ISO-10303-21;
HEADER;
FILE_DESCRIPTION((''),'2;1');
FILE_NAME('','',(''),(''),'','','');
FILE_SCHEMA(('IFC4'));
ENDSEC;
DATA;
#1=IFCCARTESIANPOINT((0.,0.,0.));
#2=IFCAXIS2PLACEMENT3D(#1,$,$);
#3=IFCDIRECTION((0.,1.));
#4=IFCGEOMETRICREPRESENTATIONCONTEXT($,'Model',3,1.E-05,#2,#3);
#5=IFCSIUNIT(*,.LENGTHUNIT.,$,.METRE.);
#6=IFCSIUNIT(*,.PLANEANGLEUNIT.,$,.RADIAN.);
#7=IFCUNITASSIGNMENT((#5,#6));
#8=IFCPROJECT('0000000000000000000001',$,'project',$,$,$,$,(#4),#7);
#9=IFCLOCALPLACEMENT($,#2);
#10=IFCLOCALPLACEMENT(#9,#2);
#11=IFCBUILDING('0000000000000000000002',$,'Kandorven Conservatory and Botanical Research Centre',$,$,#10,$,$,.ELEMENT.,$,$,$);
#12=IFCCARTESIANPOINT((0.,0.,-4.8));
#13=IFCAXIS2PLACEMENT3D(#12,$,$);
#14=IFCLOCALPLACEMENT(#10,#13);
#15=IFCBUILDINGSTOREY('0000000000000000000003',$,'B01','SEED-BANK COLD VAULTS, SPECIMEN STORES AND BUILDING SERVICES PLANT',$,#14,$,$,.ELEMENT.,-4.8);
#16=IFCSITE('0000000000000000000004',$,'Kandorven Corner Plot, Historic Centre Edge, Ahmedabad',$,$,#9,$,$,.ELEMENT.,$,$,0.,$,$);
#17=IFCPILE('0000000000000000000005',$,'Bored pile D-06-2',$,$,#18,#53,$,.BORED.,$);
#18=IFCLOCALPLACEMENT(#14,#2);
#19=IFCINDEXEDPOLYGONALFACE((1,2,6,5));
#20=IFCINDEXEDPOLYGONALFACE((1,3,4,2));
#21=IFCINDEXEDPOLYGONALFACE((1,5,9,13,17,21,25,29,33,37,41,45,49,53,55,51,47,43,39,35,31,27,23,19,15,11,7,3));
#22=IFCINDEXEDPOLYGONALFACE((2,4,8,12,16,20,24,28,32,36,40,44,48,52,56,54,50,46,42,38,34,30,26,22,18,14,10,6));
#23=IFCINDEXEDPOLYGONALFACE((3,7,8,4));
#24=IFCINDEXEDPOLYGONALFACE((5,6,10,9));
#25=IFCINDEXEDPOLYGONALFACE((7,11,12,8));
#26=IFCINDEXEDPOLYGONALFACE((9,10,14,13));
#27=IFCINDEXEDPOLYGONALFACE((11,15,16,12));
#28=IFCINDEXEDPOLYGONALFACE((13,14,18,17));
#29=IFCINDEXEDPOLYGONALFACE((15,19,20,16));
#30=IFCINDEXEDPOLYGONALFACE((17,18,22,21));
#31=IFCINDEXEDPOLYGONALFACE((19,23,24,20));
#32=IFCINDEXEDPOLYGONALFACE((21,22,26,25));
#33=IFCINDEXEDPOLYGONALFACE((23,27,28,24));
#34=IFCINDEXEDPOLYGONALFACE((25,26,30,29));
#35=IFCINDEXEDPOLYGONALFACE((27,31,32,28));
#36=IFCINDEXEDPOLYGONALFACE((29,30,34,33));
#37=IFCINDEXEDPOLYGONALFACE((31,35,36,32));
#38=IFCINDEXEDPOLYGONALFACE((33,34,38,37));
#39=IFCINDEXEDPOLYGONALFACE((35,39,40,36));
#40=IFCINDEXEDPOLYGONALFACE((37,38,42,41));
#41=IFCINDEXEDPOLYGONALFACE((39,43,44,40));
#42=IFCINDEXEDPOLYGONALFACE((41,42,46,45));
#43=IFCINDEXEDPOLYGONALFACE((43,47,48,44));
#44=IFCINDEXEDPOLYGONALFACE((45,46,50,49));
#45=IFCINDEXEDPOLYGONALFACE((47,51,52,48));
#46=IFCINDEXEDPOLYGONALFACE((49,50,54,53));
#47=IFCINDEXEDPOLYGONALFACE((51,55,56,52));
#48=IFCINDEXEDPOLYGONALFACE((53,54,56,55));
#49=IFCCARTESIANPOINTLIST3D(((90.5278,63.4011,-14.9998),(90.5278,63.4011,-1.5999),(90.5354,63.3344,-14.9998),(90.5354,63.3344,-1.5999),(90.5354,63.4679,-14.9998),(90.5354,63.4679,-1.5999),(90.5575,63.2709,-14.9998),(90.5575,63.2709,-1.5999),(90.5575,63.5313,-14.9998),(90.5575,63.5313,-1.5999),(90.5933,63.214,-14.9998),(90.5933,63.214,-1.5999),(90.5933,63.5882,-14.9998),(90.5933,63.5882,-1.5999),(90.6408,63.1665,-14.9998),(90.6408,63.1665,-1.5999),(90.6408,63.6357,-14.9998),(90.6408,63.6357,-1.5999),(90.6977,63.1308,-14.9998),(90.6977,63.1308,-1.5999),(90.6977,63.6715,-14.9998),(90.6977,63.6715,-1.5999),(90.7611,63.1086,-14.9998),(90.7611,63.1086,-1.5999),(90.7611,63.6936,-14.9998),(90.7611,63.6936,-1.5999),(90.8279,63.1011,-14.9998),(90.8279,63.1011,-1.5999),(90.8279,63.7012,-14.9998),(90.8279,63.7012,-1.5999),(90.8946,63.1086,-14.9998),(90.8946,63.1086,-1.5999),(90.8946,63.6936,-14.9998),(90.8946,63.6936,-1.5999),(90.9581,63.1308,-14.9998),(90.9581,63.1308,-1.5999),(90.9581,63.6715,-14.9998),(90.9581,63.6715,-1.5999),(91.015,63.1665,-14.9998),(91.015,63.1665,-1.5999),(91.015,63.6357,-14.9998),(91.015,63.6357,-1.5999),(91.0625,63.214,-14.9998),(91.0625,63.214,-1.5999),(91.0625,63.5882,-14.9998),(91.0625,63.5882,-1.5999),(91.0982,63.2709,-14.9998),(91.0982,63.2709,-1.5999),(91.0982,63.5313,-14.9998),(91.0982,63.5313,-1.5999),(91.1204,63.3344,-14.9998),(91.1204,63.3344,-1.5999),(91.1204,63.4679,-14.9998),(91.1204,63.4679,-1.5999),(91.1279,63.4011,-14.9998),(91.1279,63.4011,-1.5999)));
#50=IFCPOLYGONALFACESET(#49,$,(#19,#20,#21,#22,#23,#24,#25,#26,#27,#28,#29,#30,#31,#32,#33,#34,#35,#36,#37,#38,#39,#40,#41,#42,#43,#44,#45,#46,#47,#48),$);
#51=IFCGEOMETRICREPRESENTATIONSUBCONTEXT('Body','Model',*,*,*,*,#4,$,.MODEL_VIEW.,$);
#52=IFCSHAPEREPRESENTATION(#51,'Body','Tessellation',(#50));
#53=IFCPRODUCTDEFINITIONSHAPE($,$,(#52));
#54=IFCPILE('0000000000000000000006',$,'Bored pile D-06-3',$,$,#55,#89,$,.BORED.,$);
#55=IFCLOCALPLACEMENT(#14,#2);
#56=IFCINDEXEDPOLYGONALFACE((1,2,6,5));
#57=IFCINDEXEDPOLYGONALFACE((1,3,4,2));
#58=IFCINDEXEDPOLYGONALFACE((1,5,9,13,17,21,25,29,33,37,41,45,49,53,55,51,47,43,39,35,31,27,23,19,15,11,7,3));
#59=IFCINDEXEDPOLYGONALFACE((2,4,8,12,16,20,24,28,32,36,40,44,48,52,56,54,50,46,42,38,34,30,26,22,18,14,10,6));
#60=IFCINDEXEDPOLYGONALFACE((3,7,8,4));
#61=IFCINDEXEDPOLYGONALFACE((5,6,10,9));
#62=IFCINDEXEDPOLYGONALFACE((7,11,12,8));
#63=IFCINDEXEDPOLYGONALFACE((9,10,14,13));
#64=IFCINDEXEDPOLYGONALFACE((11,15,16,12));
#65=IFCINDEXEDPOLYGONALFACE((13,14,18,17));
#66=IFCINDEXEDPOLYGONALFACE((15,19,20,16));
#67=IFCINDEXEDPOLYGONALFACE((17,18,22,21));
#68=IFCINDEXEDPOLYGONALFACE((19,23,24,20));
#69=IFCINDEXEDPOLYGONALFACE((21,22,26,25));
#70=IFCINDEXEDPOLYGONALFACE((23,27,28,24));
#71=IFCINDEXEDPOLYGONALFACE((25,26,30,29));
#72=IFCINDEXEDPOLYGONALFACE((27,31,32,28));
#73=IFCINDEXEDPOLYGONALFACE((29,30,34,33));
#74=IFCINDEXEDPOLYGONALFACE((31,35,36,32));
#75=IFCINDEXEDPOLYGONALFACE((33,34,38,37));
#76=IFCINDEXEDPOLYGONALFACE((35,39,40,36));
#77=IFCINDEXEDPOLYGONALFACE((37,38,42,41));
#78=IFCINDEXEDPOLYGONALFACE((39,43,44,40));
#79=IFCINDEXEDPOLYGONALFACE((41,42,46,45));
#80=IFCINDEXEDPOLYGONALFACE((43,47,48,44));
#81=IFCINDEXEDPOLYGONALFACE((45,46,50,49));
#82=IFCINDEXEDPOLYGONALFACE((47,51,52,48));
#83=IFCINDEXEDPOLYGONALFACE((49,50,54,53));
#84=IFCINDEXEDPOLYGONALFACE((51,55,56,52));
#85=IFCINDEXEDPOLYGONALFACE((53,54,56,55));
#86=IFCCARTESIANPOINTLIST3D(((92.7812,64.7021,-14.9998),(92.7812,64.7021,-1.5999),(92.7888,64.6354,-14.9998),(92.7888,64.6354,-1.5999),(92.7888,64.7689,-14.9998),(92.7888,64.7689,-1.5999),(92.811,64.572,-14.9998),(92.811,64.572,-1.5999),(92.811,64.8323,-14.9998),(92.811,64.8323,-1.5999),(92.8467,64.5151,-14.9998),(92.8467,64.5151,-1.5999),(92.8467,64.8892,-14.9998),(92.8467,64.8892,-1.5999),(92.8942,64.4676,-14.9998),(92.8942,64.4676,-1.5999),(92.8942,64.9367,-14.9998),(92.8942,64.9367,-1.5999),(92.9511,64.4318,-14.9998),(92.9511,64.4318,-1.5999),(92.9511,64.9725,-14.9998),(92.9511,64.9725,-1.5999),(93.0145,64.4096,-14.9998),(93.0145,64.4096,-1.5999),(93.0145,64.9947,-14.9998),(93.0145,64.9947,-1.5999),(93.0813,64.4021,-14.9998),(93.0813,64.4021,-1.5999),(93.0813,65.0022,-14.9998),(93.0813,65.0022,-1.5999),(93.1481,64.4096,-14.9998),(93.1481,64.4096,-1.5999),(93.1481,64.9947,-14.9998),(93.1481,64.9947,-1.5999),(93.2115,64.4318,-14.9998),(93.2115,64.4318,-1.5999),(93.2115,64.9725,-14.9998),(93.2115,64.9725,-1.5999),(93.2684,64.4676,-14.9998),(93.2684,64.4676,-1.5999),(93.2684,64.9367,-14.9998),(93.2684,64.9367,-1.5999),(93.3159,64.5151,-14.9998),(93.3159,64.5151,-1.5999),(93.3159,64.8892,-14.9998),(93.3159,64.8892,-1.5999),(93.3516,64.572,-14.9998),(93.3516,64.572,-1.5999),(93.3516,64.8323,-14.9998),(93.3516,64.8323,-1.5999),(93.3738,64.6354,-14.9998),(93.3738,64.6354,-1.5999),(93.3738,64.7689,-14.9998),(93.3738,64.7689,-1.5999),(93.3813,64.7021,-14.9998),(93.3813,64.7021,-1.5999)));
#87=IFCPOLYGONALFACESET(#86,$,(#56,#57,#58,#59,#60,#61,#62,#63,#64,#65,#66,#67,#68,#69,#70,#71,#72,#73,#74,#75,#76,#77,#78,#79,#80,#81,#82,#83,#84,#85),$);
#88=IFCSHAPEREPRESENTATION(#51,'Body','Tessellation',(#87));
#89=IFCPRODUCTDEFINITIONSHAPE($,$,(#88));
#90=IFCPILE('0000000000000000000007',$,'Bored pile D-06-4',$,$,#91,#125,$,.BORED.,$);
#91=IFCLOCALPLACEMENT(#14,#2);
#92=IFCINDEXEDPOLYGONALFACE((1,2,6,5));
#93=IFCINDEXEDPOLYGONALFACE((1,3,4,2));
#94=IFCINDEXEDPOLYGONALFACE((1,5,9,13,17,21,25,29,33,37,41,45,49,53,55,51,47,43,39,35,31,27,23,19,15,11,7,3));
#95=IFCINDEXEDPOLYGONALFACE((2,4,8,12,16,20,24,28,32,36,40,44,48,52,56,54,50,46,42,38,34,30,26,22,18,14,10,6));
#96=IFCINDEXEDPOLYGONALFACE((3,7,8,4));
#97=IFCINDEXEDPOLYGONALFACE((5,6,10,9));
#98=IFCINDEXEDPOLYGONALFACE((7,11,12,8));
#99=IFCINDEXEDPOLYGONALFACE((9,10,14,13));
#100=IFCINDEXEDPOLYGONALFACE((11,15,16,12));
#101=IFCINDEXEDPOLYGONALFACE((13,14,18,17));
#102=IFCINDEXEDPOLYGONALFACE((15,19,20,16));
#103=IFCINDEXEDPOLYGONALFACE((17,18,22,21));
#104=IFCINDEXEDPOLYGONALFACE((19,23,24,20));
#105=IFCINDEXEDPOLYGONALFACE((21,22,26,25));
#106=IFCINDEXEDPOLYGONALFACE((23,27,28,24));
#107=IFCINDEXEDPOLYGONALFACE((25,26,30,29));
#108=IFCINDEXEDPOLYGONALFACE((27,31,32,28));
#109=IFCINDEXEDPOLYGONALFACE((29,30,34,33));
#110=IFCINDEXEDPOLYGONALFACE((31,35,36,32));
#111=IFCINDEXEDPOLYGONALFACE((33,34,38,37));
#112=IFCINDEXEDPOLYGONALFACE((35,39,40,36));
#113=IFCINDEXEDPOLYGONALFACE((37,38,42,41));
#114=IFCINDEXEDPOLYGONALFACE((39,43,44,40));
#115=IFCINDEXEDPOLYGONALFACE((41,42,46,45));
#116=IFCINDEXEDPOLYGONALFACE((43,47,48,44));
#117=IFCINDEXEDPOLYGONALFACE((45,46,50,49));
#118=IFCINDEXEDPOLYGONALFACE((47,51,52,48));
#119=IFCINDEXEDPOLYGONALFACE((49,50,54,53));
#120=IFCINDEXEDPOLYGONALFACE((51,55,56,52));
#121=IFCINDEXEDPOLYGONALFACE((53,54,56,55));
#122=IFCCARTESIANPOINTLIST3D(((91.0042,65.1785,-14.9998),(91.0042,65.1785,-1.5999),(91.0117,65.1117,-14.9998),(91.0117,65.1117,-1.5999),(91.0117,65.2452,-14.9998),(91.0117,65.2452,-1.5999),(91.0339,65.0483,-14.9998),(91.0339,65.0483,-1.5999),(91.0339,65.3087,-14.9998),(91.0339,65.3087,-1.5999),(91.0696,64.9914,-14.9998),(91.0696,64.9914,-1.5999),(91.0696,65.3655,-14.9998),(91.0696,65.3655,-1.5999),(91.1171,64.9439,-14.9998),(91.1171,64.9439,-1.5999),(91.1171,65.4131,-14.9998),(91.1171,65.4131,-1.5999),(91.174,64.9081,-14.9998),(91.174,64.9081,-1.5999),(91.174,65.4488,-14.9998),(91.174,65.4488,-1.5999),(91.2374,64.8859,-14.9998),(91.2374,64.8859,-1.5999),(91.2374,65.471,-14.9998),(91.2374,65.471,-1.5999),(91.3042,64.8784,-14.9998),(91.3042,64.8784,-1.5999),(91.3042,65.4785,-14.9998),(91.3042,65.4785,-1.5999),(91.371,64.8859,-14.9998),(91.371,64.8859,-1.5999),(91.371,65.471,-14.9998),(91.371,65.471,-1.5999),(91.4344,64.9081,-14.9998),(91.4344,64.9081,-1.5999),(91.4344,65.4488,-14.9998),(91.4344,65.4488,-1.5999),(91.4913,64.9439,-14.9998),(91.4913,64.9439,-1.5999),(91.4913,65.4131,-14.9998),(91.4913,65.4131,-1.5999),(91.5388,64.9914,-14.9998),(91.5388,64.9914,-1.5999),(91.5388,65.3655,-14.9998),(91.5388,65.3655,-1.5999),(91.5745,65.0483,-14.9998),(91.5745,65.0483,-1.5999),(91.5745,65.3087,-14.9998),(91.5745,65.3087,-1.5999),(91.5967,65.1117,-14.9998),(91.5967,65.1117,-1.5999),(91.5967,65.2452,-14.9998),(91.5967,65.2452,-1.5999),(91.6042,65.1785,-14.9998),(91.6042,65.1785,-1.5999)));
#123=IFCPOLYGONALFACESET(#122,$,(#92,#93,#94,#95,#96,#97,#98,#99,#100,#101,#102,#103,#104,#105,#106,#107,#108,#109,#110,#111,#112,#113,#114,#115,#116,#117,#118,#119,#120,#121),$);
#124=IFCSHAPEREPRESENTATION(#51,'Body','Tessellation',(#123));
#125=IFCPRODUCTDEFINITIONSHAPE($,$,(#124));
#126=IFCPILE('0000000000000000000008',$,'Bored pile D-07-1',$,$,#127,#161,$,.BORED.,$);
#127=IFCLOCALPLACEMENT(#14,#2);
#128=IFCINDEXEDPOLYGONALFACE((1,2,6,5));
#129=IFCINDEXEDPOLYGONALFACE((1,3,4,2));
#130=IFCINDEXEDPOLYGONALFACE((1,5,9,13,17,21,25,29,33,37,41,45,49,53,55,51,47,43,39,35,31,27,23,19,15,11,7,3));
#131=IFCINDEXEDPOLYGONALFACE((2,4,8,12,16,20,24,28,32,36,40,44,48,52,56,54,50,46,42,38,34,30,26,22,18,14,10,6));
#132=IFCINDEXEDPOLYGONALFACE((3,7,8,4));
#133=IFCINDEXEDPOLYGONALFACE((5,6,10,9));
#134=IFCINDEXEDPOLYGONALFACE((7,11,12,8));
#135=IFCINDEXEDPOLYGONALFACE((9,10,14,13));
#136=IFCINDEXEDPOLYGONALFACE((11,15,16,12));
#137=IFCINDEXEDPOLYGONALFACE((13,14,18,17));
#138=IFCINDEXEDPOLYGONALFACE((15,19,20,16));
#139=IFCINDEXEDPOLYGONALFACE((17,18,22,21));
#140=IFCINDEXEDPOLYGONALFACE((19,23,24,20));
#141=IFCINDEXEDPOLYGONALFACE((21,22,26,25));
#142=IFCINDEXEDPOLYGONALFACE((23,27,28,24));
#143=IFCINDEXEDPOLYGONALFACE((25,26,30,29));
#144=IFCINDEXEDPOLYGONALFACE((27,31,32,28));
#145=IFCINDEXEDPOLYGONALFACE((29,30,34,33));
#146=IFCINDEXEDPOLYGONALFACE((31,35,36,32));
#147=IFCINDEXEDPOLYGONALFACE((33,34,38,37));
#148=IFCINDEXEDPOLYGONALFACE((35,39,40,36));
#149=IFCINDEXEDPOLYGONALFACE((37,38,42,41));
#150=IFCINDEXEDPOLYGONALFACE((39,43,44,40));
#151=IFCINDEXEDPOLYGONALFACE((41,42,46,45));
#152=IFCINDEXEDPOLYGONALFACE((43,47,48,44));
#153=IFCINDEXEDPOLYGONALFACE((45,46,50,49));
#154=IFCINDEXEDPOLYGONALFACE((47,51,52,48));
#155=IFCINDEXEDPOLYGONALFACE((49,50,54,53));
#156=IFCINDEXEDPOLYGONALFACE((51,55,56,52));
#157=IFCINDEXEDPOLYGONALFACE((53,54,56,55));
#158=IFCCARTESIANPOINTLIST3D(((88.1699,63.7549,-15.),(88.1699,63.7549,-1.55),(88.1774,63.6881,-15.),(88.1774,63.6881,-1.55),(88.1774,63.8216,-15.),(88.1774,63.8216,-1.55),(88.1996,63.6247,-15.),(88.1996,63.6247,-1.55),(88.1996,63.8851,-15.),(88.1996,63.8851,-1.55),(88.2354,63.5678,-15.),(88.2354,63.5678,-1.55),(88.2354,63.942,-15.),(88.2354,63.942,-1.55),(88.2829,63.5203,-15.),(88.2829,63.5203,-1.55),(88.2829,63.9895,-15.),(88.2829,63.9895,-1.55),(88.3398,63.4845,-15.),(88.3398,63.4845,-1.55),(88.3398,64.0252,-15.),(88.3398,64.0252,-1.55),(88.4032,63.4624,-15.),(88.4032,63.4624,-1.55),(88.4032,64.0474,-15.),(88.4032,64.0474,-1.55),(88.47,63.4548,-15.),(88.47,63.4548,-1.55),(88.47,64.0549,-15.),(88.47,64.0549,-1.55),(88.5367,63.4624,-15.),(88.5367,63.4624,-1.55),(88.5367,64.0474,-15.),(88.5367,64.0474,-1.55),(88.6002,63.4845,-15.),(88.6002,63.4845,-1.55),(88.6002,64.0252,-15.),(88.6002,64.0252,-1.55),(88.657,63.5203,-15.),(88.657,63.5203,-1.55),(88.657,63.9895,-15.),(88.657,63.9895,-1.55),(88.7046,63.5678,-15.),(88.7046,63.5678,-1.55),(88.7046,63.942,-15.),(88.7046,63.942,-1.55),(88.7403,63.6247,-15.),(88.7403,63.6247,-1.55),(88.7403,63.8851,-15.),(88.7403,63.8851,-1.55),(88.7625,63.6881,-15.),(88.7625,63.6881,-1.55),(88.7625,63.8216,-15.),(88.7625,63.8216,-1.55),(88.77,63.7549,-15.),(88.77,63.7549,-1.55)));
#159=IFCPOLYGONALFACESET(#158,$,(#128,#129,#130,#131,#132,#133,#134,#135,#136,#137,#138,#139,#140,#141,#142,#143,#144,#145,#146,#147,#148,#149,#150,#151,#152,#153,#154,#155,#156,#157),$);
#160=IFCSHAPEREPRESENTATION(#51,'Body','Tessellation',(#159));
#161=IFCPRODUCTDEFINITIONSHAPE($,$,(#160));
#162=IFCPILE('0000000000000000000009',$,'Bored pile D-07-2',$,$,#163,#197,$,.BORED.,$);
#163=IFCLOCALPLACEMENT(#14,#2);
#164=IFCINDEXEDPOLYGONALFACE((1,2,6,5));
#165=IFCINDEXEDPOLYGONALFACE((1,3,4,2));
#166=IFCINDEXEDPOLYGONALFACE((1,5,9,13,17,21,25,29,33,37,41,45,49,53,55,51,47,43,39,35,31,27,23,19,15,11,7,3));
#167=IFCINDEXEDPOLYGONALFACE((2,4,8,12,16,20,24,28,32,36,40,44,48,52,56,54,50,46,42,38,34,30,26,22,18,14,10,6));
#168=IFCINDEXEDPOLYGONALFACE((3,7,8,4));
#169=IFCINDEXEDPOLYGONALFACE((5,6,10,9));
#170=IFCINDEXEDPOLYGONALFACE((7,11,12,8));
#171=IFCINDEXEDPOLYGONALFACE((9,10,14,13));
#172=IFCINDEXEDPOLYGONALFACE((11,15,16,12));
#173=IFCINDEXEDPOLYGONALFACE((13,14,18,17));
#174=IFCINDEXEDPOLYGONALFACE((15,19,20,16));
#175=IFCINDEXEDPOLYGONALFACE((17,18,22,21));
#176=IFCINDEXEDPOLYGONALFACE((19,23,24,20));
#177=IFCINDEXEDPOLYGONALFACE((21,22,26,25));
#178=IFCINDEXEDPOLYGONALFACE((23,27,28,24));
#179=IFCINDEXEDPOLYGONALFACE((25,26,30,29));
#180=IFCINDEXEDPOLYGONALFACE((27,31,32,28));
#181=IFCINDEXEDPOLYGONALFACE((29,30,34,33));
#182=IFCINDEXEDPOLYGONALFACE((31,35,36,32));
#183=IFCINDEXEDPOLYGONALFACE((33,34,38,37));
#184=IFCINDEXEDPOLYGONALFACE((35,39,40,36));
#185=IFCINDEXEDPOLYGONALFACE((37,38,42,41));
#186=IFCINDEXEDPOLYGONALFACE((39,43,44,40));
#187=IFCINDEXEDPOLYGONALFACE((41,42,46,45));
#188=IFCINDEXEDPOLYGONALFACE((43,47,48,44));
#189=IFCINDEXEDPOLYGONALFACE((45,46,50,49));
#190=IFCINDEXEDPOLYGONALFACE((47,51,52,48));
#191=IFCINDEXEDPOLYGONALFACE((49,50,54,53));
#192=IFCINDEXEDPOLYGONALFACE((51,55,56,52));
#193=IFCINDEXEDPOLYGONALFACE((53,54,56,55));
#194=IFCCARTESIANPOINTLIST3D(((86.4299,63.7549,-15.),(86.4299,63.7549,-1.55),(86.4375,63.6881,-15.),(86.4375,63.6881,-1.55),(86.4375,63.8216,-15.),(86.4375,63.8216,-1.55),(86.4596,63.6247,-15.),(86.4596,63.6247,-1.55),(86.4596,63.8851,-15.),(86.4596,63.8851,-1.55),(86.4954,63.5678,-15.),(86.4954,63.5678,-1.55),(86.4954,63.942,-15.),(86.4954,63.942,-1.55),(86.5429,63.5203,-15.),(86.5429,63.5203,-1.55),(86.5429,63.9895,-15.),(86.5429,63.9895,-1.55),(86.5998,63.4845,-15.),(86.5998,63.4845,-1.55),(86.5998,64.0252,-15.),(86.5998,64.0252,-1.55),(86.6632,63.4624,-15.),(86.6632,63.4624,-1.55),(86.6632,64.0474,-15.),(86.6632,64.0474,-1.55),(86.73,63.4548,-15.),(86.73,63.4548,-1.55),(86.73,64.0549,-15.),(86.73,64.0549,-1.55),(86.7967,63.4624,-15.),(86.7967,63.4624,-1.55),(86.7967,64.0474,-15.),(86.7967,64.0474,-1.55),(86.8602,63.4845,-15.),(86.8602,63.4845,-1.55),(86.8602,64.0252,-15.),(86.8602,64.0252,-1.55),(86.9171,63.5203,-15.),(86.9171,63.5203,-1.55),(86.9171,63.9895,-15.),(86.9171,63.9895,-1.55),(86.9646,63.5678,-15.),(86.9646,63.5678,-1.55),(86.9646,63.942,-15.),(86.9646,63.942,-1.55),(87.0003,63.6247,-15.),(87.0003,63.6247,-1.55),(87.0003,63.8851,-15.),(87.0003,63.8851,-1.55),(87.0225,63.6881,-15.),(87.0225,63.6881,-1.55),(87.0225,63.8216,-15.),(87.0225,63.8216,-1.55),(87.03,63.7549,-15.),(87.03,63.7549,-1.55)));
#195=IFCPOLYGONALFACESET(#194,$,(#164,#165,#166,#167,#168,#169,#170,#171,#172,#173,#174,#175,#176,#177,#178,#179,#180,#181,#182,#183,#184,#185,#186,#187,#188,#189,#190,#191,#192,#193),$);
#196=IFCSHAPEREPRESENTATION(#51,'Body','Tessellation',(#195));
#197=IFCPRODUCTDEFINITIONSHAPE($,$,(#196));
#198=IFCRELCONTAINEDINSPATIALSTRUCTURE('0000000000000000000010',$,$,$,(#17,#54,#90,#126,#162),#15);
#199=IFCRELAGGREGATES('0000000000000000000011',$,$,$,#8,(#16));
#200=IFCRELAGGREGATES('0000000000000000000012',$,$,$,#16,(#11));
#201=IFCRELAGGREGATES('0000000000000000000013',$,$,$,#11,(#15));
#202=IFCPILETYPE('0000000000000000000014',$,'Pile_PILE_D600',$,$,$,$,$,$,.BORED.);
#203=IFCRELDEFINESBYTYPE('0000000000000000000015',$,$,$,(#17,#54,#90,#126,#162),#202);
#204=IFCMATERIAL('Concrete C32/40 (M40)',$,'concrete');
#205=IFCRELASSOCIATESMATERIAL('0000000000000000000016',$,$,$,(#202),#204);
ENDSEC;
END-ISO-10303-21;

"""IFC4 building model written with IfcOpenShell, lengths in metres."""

from ifc_helpers import new_model, si_unit, direction, frame, origin, origin_2d, place, context, subcontext, project, spatial, circle, extrude, material, material_profile, profile_set, type_object, element, save


model = new_model("IFC4")

# Units and contexts
model_context = context("Model", 3, precision=1e-05, world=origin(), true_north=direction((0.0, 1.0)))
body_context = subcontext(model_context, "Body", "Model", "MODEL_VIEW")
ifc_project = project(units=[si_unit("LENGTHUNIT", "METRE"), si_unit("PLANEANGLEUNIT", "RADIAN")], contexts=[model_context])

# Site, building, storey
site_placement = place(None, origin())
site = spatial("IfcSite", under=ifc_project, at=site_placement, Name="Kandorven Corner Plot, Historic Centre Edge, Ahmedabad", CompositionType="ELEMENT", RefElevation=0.0)
building_placement = place(site_placement, origin())
building = spatial("IfcBuilding", under=site, at=building_placement, Name="Kandorven Conservatory and Botanical Research Centre", CompositionType="ELEMENT")
storey_placement = place(building_placement, frame((0.0, 0.0, -4.8)))
storey = spatial("IfcBuildingStorey", under=building, at=storey_placement, Name="B01", Description="SEED-BANK COLD VAULTS, SPECIMEN STORES AND BUILDING SERVICES PLANT", CompositionType="ELEMENT", Elevation=-4.8)

# Piles
ifc_material_1 = material(Name="Concrete C32/40 (M40)", Category="concrete")
ifc_material_profile_1 = material_profile(ifc_material_1, circle(Radius=0.3, at=origin_2d()))
ifc_profile_set_1 = profile_set([ifc_material_profile_1], Name="Concrete C32/40 (M40)")
pile_type = type_object("IfcPileType", Name="Pile_PILE_D600", PredefinedType="BORED", material=ifc_profile_set_1)
for number, where, z_axis, x_axis, name in (
    (1, (90.8279, 63.4011, -1.5999), (0.0, 0.0, -1.0), (1.0, 0.0, 0.0), "Bored pile D-06-2"),
    (2, (93.0813, 64.7021, -1.5999), (0.0, 0.0, -1.0), (1.0, 0.0, 0.0), "Bored pile D-06-3"),
    (3, (91.3042, 65.1785, -1.5999), (0.0, 0.0, -1.0), (1.0, 0.0, 0.0), "Bored pile D-06-4"),
):
    element("IfcPile", number, at=place(storey_placement, frame(where, z_axis=z_axis, x_axis=x_axis)), inside=storey, type_object=pile_type, Name=name, PredefinedType="BORED", context=body_context, shape_type="SweptSolid", body=[
        extrude(circle(Radius=0.3, at=origin_2d()), origin(), (0.0, 0.0, 1.0), 13.3999),
    ])
for number, where, z_axis, x_axis, name in (
    (4, (88.47, 63.7549, -1.55), (0.0, 0.0, -1.0), (1.0, 0.0, 0.0), "Bored pile D-07-1"),
    (5, (86.73, 63.7549, -1.55), (0.0, 0.0, -1.0), (1.0, 0.0, 0.0), "Bored pile D-07-2"),
):
    element("IfcPile", number, at=place(storey_placement, frame(where, z_axis=z_axis, x_axis=x_axis)), inside=storey, type_object=pile_type, Name=name, PredefinedType="BORED", context=body_context, shape_type="SweptSolid", body=[
        extrude(circle(Radius=0.3, at=origin_2d()), origin(), (0.0, 0.0, 1.0), 13.45),
    ])

save(model, "model.ifc")
